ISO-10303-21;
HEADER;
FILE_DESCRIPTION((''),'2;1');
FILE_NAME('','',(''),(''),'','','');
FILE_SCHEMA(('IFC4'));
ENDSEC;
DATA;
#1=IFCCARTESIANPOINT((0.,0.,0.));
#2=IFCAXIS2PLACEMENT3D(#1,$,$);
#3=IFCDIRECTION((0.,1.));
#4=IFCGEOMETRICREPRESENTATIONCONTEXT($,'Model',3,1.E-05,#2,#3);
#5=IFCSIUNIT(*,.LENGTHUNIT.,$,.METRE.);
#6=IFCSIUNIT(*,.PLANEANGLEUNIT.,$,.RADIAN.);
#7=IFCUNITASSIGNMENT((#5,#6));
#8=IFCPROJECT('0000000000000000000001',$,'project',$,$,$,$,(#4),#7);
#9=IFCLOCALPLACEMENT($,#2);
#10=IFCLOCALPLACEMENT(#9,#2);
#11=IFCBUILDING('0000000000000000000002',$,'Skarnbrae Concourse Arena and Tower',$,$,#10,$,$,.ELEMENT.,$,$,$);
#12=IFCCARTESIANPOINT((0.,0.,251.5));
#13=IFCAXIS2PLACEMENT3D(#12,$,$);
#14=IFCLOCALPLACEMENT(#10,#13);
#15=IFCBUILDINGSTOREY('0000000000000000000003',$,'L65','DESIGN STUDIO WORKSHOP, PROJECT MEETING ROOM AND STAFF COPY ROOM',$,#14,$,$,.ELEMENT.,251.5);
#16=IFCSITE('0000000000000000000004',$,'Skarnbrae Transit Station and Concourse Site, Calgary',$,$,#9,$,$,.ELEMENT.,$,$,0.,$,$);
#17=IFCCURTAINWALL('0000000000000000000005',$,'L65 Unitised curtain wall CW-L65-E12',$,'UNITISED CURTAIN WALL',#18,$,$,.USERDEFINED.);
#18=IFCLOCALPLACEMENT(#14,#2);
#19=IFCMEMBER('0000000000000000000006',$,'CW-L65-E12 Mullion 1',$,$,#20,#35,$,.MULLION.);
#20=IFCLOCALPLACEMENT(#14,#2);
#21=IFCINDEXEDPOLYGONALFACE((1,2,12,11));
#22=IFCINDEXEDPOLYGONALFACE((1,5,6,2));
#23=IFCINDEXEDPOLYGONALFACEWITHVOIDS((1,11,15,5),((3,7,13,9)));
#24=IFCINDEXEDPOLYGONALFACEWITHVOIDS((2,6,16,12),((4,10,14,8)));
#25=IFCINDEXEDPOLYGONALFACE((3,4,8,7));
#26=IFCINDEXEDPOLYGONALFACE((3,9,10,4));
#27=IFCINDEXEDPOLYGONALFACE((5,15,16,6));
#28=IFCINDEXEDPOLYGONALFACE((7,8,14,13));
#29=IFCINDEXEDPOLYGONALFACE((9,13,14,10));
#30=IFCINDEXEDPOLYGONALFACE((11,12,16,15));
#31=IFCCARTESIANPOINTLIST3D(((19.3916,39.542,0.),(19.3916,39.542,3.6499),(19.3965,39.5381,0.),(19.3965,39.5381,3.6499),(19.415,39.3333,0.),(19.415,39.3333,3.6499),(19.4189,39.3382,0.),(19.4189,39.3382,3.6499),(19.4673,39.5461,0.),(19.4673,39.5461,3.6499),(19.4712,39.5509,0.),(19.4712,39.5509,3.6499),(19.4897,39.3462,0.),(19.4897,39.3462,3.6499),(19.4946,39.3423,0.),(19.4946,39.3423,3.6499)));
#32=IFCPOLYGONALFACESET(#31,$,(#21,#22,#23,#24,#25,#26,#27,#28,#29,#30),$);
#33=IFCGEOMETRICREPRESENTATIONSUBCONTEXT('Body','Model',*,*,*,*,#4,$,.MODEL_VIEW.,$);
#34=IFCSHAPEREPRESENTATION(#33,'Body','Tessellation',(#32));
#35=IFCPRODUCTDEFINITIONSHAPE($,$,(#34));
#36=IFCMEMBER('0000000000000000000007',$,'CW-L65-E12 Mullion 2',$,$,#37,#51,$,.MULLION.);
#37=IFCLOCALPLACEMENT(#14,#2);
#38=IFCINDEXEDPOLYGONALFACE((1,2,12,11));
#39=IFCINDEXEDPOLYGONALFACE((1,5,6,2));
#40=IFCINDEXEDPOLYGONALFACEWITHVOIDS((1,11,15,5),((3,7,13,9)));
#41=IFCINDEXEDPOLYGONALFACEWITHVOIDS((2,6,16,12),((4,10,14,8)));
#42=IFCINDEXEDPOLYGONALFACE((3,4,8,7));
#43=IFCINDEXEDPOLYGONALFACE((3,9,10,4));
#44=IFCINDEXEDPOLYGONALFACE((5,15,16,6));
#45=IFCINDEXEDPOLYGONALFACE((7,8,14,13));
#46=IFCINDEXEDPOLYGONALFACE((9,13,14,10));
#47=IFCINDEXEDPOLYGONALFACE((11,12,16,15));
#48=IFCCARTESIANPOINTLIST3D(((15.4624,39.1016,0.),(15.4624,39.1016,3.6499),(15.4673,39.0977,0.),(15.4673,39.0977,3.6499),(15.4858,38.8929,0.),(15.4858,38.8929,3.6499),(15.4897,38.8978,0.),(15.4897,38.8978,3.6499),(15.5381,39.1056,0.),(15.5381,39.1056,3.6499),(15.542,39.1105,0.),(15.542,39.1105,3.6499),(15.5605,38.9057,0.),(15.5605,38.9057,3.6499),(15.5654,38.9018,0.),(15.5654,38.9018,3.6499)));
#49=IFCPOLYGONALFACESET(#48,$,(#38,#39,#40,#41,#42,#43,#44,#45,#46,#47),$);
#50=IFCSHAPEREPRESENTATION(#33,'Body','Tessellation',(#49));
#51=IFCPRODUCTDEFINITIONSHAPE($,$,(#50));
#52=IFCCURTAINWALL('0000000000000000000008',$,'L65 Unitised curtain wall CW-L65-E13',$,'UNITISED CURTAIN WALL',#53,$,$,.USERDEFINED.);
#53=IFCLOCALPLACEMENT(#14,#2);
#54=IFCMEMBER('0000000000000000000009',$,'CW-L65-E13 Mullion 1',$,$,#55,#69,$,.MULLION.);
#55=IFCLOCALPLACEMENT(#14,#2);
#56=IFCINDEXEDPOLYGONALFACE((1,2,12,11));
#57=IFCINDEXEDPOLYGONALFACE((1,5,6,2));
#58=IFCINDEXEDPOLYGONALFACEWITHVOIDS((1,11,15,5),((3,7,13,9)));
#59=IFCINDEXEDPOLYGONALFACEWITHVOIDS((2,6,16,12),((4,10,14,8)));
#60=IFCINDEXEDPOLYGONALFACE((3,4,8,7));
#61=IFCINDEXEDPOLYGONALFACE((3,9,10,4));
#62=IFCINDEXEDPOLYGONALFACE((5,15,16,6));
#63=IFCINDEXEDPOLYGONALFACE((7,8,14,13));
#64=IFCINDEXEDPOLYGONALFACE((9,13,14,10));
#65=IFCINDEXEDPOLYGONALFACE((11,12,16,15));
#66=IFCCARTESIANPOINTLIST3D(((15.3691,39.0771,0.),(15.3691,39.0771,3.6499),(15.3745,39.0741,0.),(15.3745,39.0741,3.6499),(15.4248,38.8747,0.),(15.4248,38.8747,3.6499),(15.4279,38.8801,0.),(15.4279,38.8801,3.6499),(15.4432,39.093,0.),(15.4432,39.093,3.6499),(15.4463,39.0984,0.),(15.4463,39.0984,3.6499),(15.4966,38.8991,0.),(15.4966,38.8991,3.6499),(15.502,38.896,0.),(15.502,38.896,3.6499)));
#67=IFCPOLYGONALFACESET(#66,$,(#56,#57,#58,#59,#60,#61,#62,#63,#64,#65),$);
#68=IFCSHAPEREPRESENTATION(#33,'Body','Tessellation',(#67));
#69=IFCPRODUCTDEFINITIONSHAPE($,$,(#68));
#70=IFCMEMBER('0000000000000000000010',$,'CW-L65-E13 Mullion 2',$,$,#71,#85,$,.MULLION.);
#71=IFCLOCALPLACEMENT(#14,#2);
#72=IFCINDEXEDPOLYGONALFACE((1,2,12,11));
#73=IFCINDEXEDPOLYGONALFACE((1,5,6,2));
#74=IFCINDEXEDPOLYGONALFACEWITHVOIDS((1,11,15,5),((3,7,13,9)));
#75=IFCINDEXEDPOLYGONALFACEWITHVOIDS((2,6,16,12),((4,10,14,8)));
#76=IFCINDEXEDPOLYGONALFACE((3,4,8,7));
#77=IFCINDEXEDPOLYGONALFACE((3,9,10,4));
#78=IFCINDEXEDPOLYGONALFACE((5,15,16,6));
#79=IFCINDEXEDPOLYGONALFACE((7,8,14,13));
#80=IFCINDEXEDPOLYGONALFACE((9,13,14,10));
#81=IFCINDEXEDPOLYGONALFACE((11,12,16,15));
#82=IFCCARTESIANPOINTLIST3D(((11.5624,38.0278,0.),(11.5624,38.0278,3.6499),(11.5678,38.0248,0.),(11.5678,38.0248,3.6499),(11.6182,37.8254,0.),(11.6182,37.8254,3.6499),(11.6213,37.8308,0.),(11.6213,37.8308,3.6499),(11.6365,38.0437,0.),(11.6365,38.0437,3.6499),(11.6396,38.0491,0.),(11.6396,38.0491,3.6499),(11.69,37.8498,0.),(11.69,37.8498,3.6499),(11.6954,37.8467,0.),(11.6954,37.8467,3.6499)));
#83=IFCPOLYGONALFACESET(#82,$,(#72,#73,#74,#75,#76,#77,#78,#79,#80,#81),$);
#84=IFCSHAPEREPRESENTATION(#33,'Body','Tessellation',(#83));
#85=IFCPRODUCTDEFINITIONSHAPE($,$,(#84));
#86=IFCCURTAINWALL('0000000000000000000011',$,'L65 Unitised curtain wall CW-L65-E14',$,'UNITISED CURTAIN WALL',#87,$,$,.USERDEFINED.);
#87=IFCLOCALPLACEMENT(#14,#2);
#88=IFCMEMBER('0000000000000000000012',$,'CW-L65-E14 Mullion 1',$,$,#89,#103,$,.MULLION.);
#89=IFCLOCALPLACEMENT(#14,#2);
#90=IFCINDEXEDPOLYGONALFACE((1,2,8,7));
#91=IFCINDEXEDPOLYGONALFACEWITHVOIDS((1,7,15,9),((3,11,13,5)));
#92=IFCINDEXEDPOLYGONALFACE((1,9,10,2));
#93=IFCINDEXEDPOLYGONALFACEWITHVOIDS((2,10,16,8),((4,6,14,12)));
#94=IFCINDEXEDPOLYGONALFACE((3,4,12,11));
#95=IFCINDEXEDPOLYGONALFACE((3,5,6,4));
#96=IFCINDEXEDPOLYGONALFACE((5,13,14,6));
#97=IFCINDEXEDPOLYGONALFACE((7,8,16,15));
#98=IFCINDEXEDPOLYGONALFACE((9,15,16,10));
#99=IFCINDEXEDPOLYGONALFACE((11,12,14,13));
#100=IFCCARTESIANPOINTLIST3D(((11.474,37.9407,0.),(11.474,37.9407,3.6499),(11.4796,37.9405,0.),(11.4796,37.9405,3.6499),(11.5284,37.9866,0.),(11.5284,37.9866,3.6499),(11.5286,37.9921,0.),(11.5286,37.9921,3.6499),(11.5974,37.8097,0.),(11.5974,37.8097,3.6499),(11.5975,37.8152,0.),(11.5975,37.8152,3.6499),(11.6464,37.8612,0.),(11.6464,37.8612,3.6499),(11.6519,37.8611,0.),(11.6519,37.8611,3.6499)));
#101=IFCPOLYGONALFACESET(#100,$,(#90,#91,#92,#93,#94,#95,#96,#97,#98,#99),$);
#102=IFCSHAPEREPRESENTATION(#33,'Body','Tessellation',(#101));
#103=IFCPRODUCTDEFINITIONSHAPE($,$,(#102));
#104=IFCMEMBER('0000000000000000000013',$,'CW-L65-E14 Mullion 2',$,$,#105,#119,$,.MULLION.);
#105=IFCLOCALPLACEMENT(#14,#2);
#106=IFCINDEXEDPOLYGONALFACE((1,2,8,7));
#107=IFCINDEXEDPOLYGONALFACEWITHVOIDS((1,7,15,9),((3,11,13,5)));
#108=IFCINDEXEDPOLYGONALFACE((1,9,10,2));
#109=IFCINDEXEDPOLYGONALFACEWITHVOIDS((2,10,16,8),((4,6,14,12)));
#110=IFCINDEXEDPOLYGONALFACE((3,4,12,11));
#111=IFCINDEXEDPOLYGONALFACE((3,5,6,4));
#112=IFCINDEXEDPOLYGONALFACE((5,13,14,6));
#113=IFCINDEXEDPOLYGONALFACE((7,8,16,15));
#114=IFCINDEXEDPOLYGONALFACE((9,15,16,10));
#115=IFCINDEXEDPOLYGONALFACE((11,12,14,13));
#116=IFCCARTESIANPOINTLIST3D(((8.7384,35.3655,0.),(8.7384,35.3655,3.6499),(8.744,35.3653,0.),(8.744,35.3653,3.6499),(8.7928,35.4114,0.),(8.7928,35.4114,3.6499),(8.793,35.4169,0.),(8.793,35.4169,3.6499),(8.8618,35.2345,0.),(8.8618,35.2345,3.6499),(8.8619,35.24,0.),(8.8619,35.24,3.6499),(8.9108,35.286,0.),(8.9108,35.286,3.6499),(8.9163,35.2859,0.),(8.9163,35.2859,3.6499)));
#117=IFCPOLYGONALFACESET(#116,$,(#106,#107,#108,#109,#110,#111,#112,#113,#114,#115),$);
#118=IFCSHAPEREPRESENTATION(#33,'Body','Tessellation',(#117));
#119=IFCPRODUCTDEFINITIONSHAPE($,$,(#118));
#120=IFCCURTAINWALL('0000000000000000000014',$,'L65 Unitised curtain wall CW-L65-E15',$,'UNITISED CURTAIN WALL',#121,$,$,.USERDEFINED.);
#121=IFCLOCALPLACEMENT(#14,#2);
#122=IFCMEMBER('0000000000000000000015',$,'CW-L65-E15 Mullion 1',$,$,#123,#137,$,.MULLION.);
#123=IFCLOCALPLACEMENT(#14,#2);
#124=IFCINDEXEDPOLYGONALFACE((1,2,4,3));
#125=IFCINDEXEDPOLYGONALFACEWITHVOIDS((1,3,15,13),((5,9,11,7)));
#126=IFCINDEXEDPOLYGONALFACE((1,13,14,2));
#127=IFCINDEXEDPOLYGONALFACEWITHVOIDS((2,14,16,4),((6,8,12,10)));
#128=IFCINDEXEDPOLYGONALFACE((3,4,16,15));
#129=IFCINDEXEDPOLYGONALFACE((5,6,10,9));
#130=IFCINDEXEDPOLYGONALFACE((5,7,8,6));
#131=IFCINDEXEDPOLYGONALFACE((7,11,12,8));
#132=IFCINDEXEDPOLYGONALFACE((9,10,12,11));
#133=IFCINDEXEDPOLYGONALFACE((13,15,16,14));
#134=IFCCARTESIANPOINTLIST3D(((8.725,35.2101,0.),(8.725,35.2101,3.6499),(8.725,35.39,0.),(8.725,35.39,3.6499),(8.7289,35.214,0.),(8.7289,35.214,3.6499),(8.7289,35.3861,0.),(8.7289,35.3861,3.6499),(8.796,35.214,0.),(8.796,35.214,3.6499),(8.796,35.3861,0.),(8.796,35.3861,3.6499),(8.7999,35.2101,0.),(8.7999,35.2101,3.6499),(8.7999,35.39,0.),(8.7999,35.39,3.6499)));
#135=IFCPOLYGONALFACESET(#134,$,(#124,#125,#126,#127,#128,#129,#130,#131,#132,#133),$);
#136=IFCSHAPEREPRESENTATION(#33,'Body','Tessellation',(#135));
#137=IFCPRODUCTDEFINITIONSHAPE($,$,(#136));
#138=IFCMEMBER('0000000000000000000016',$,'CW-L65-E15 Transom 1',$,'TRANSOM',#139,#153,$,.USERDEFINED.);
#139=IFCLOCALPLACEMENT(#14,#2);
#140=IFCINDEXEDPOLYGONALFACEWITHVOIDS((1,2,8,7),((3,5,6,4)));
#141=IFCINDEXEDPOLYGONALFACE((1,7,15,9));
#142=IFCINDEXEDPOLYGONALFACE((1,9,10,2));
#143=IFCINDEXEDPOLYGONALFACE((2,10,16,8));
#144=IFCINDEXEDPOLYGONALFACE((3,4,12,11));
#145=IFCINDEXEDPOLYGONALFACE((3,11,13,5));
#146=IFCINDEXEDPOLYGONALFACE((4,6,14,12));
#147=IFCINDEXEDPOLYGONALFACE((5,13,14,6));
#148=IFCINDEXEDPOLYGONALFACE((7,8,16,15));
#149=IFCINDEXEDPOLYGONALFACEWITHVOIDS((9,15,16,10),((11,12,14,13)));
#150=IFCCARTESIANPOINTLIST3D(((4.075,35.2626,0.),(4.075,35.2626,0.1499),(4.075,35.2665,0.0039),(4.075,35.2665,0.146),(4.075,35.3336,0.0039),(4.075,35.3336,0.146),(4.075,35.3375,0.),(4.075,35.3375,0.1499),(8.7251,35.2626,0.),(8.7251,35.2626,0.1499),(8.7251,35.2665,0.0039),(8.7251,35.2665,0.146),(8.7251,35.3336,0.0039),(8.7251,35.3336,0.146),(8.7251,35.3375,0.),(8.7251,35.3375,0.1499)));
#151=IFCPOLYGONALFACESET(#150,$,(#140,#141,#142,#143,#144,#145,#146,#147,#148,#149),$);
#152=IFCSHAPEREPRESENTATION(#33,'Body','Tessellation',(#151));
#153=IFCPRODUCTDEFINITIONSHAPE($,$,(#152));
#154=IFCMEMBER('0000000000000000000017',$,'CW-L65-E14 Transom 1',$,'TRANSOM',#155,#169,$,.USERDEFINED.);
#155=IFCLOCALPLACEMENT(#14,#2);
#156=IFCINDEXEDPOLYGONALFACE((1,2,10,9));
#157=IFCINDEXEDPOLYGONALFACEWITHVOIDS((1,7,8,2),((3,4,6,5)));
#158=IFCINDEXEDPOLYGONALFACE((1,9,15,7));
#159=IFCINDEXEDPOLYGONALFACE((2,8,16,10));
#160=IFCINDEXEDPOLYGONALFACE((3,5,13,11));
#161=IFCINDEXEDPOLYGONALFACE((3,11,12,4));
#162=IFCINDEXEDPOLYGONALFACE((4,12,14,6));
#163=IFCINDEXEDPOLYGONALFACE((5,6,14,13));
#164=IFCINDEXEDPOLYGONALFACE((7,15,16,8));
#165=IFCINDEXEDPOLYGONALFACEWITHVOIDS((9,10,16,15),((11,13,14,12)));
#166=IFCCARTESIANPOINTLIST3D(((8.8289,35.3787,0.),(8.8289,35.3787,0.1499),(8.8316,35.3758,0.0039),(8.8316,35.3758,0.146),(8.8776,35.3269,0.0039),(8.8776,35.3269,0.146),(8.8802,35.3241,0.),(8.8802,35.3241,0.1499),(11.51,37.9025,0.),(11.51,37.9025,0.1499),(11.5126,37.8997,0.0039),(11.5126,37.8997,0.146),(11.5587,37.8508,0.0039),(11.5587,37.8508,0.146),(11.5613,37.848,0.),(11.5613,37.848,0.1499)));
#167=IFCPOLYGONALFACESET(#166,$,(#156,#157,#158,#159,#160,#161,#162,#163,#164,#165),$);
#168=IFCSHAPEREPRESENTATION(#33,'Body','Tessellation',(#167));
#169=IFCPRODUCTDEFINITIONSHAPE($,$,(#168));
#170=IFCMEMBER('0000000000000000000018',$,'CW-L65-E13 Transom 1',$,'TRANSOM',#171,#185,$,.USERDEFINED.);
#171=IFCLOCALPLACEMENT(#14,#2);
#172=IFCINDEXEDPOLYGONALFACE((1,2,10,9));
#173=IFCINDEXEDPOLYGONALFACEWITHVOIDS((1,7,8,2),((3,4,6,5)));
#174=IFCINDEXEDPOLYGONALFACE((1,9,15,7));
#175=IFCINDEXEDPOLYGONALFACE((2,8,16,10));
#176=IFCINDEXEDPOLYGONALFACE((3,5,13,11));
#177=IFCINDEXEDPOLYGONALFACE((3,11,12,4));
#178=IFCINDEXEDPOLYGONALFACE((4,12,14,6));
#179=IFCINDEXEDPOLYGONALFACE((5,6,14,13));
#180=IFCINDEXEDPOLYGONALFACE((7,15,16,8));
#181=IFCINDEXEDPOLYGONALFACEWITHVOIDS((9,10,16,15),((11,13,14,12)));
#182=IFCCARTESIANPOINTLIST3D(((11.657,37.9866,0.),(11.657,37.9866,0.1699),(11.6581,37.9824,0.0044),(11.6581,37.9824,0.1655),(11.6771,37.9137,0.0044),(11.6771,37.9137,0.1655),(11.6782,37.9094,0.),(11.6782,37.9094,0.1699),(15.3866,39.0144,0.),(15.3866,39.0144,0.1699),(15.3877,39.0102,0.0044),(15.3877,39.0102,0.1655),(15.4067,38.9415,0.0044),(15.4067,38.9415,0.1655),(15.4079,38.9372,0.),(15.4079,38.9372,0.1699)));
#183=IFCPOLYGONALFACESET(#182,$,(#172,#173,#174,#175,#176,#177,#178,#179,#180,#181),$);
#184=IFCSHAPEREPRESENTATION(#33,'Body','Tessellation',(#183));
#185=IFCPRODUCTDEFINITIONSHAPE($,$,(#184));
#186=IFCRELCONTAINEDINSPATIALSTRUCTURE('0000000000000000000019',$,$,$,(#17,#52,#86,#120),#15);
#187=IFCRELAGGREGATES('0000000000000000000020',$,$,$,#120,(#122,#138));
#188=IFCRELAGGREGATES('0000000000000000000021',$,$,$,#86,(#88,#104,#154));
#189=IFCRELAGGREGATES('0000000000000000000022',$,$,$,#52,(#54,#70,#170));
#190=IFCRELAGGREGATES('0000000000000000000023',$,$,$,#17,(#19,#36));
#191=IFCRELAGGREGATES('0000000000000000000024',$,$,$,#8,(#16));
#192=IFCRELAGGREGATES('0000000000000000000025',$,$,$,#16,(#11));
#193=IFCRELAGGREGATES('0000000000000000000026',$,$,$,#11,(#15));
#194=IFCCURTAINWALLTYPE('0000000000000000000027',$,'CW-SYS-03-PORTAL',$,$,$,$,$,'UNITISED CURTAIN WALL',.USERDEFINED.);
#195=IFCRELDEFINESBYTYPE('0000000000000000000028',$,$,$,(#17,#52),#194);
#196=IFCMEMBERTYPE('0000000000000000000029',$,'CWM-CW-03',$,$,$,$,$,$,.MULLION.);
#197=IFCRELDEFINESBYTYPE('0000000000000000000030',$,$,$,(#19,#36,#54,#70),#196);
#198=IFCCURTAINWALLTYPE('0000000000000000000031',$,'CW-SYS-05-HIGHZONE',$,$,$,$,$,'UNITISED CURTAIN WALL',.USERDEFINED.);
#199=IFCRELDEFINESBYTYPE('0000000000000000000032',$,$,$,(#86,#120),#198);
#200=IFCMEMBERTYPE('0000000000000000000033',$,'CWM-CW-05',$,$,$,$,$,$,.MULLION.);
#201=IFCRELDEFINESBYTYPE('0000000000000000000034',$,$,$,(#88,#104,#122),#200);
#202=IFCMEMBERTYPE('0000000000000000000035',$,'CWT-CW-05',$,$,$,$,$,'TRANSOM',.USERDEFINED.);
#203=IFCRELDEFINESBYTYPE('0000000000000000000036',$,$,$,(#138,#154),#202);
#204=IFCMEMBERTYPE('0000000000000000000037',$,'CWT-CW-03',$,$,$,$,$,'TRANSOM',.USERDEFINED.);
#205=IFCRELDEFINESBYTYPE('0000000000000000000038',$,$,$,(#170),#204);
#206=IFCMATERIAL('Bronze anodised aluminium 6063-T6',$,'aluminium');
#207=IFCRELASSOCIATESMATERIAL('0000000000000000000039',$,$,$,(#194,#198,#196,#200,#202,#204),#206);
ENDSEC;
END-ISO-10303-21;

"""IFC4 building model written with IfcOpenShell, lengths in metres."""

from ifc_helpers import new_model, si_unit, direction, frame, origin, origin_2d, place, context, subcontext, project, spatial, hollow_rectangle, extrude, source, transform, mapped, material, material_profile, profile_set, type_object, element, aggregate, save


model = new_model("IFC4")

# Units and contexts
model_context = context("Model", 3, precision=1e-05, world=origin(), true_north=direction((0.0, 1.0)))
body_context = subcontext(model_context, "Body", "Model", "MODEL_VIEW")
ifc_project = project(units=[si_unit("LENGTHUNIT", "METRE"), si_unit("PLANEANGLEUNIT", "RADIAN")], contexts=[model_context])

# Site, building, storey
site_placement = place(None, origin())
site = spatial("IfcSite", under=ifc_project, at=site_placement, Name="Skarnbrae Transit Station and Concourse Site, Calgary", CompositionType="ELEMENT", RefElevation=0.0)
building_placement = place(site_placement, origin())
building = spatial("IfcBuilding", under=site, at=building_placement, Name="Skarnbrae Concourse Arena and Tower", CompositionType="ELEMENT")
storey_placement = place(building_placement, frame((0.0, 0.0, 251.5)))
storey = spatial("IfcBuildingStorey", under=building, at=storey_placement, Name="L65", Description="DESIGN STUDIO WORKSHOP, PROJECT MEETING ROOM AND STAFF COPY ROOM", CompositionType="ELEMENT", Elevation=251.5)

# Shared definitions
ifc_material_1 = material(Name="Bronze anodised aluminium 6063-T6", Category="aluminium")
curtain_wall_type_1 = type_object("IfcCurtainWallType", Name="CW-SYS-03-PORTAL", ElementType="UNITISED CURTAIN WALL", PredefinedType="USERDEFINED", material=ifc_material_1)
ifc_material_profile_1 = material_profile(ifc_material_1, hollow_rectangle(XDim=0.0801, YDim=0.21, WallThickness=0.0044, at=origin_2d()), Name="ALU-MULL-80X210")
ifc_profile_set_1 = profile_set([ifc_material_profile_1], Name="Bronze anodised aluminium 6063-T6")
member_type_1 = type_object("IfcMemberType", Name="CWM-CW-03", PredefinedType="MULLION", material=ifc_profile_set_1)
shared_shape_1 = source(origin(), body_context, "Body", "SweptSolid", [
    extrude(hollow_rectangle(XDim=0.0801, YDim=0.21, WallThickness=0.0044, at=origin_2d()), origin(), (0.0, 0.0, 1.0), 3.6499),
])

# Curtain walls, members
curtain_wall_1_placement = place(storey_placement, origin())
curtain_wall_1 = element("IfcCurtainWall", 1, at=curtain_wall_1_placement, inside=storey, type_object=curtain_wall_type_1, Name="L65 Unitised curtain wall CW-L65-E12", ObjectType="UNITISED CURTAIN WALL", PredefinedType="USERDEFINED")
member_1_placement = place(storey_placement, frame((19.4431, 39.4421, 0.0), z_axis=(0.0, 0.0, 1.0), x_axis=(-0.993769, -0.11146, 0.0)))
member_1 = element("IfcMember", 2, at=member_1_placement, type_object=member_type_1, Name="CW-L65-E12 Mullion 1", PredefinedType="MULLION", context=body_context, shape_type="MappedRepresentation", body=[
    mapped(shared_shape_1, transform((0.0, 0.0, 0.0))),
])
member_2_placement = place(storey_placement, frame((15.5139, 39.0017, 0.0), z_axis=(0.0, 0.0, 1.0), x_axis=(-0.993769, -0.11146, 0.0)))
member_2 = element("IfcMember", 3, at=member_2_placement, type_object=member_type_1, Name="CW-L65-E12 Mullion 2", PredefinedType="MULLION", context=body_context, shape_type="MappedRepresentation", body=[
    mapped(shared_shape_1, transform((0.0, 0.0, 0.0))),
])
curtain_wall_2_placement = place(storey_placement, origin())
curtain_wall_2 = element("IfcCurtainWall", 4, at=curtain_wall_2_placement, inside=storey, type_object=curtain_wall_type_1, Name="L65 Unitised curtain wall CW-L65-E13", ObjectType="UNITISED CURTAIN WALL", PredefinedType="USERDEFINED")
member_3_placement = place(storey_placement, frame((15.4355, 38.9866, 0.0), z_axis=(0.0, 0.0, 1.0), x_axis=(-0.964057, -0.265694, 0.0)))
member_3 = element("IfcMember", 5, at=member_3_placement, type_object=member_type_1, Name="CW-L65-E13 Mullion 1", PredefinedType="MULLION", context=body_context, shape_type="MappedRepresentation", body=[
    mapped(shared_shape_1, transform((0.0, 0.0, 0.0))),
])
member_4_placement = place(storey_placement, frame((11.6289, 37.9373, 0.0), z_axis=(0.0, 0.0, 1.0), x_axis=(-0.964057, -0.265694, 0.0)))
member_4 = element("IfcMember", 6, at=member_4_placement, type_object=member_type_1, Name="CW-L65-E13 Mullion 2", PredefinedType="MULLION", context=body_context, shape_type="MappedRepresentation", body=[
    mapped(shared_shape_1, transform((0.0, 0.0, 0.0))),
])
curtain_wall_type_2 = type_object("IfcCurtainWallType", Name="CW-SYS-05-HIGHZONE", ElementType="UNITISED CURTAIN WALL", PredefinedType="USERDEFINED", material=ifc_material_1)
curtain_wall_3_placement = place(storey_placement, origin())
curtain_wall_3 = element("IfcCurtainWall", 7, at=curtain_wall_3_placement, inside=storey, type_object=curtain_wall_type_2, Name="L65 Unitised curtain wall CW-L65-E14", ObjectType="UNITISED CURTAIN WALL", PredefinedType="USERDEFINED")
ifc_material_profile_2 = material_profile(ifc_material_1, hollow_rectangle(XDim=0.075, YDim=0.1799, WallThickness=0.0039, at=origin_2d()), Name="ALU-MULL-75X180")
ifc_profile_set_2 = profile_set([ifc_material_profile_2], Name="Bronze anodised aluminium 6063-T6")
member_type_2 = type_object("IfcMemberType", Name="CWM-CW-05", PredefinedType="MULLION", material=ifc_profile_set_2)
shared_shape_2 = source(origin(), body_context, "Body", "SweptSolid", [
    extrude(hollow_rectangle(XDim=0.075, YDim=0.1799, WallThickness=0.0039, at=origin_2d()), origin(), (0.0, 0.0, 1.0), 3.6499),
])
member_5_placement = place(storey_placement, frame((11.563, 37.9009, 0.0), z_axis=(0.0, 0.0, 1.0), x_axis=(-0.728131, -0.685438, 0.0)))
member_5 = element("IfcMember", 8, at=member_5_placement, type_object=member_type_2, Name="CW-L65-E14 Mullion 1", PredefinedType="MULLION", context=body_context, shape_type="MappedRepresentation", body=[
    mapped(shared_shape_2, transform((0.0, 0.0, 0.0))),
])
member_6_placement = place(storey_placement, frame((8.8274, 35.3257, 0.0), z_axis=(0.0, 0.0, 1.0), x_axis=(-0.728131, -0.685438, 0.0)))
member_6 = element("IfcMember", 9, at=member_6_placement, type_object=member_type_2, Name="CW-L65-E14 Mullion 2", PredefinedType="MULLION", context=body_context, shape_type="MappedRepresentation", body=[
    mapped(shared_shape_2, transform((0.0, 0.0, 0.0))),
])
curtain_wall_4_placement = place(storey_placement, origin())
curtain_wall_4 = element("IfcCurtainWall", 10, at=curtain_wall_4_placement, inside=storey, type_object=curtain_wall_type_2, Name="L65 Unitised curtain wall CW-L65-E15", ObjectType="UNITISED CURTAIN WALL", PredefinedType="USERDEFINED")
member_7_placement = place(storey_placement, frame((8.7625, 35.3, 0.0), z_axis=(0.0, 0.0, 1.0), x_axis=(-1.0, 0.0, 0.0)))
member_7 = element("IfcMember", 11, at=member_7_placement, type_object=member_type_2, Name="CW-L65-E15 Mullion 1", PredefinedType="MULLION", context=body_context, shape_type="MappedRepresentation", body=[
    mapped(shared_shape_2, transform((0.0, 0.0, 0.0))),
])
ifc_material_profile_3 = material_profile(ifc_material_1, hollow_rectangle(XDim=0.075, YDim=0.1499, WallThickness=0.0039, at=origin_2d()), Name="ALU-TRAN-75X150")
ifc_profile_set_3 = profile_set([ifc_material_profile_3], Name="Bronze anodised aluminium 6063-T6")
member_type_3 = type_object("IfcMemberType", Name="CWT-CW-05", ElementType="TRANSOM", PredefinedType="USERDEFINED", material=ifc_profile_set_3)
shared_shape_3 = source(origin(), body_context, "Body", "SweptSolid", [
    extrude(hollow_rectangle(XDim=0.075, YDim=0.1499, WallThickness=0.0039, at=origin_2d()), origin(), (0.0, 0.0, 1.0), 4.6501),
])
member_8_placement = place(storey_placement, frame((8.7251, 35.3, 0.075), z_axis=(-1.0, 0.0, 0.0), x_axis=(0.0, -1.0, 0.0)))
member_8 = element("IfcMember", 12, at=member_8_placement, type_object=member_type_3, Name="CW-L65-E15 Transom 1", ObjectType="TRANSOM", PredefinedType="USERDEFINED", context=body_context, shape_type="MappedRepresentation", body=[
    mapped(shared_shape_3, transform((0.0, 0.0, 0.0))),
])
aggregate(curtain_wall_4, [member_7, member_8])

# Members
shared_shape_4 = source(origin(), body_context, "Body", "SweptSolid", [
    extrude(hollow_rectangle(XDim=0.075, YDim=0.1499, WallThickness=0.0039, at=origin_2d()), origin(), (0.0, 0.0, 1.0), 3.6821),
])
member_9_placement = place(storey_placement, frame((11.5356, 37.8752, 0.075), z_axis=(-0.728134, -0.685435, 0.0), x_axis=(0.685435, -0.728134, 0.0)))
member_9 = element("IfcMember", 13, at=member_9_placement, type_object=member_type_3, Name="CW-L65-E14 Transom 1", ObjectType="TRANSOM", PredefinedType="USERDEFINED", context=body_context, shape_type="MappedRepresentation", body=[
    mapped(shared_shape_4, transform((0.0, 0.0, 0.0))),
])
ifc_material_profile_4 = material_profile(ifc_material_1, hollow_rectangle(XDim=0.0801, YDim=0.1699, WallThickness=0.0044, at=origin_2d()), Name="ALU-TRAN-80X170")
ifc_profile_set_4 = profile_set([ifc_material_profile_4], Name="Bronze anodised aluminium 6063-T6")
member_type_4 = type_object("IfcMemberType", Name="CWT-CW-03", ElementType="TRANSOM", PredefinedType="USERDEFINED", material=ifc_profile_set_4)
shared_shape_5 = source(origin(), body_context, "Body", "SweptSolid", [
    extrude(hollow_rectangle(XDim=0.0801, YDim=0.1699, WallThickness=0.0044, at=origin_2d()), origin(), (0.0, 0.0, 1.0), 3.8687),
])
member_10_placement = place(storey_placement, frame((15.3972, 38.9758, 0.085), z_axis=(-0.964063, -0.265674, 0.0), x_axis=(0.265674, -0.964063, 0.0)))
member_10 = element("IfcMember", 14, at=member_10_placement, type_object=member_type_4, Name="CW-L65-E13 Transom 1", ObjectType="TRANSOM", PredefinedType="USERDEFINED", context=body_context, shape_type="MappedRepresentation", body=[
    mapped(shared_shape_5, transform((0.0, 0.0, 0.0))),
])

aggregate(curtain_wall_3, [member_5, member_6, member_9])
aggregate(curtain_wall_2, [member_3, member_4, member_10])
aggregate(curtain_wall_1, [member_1, member_2])

save(model, "model.ifc")
